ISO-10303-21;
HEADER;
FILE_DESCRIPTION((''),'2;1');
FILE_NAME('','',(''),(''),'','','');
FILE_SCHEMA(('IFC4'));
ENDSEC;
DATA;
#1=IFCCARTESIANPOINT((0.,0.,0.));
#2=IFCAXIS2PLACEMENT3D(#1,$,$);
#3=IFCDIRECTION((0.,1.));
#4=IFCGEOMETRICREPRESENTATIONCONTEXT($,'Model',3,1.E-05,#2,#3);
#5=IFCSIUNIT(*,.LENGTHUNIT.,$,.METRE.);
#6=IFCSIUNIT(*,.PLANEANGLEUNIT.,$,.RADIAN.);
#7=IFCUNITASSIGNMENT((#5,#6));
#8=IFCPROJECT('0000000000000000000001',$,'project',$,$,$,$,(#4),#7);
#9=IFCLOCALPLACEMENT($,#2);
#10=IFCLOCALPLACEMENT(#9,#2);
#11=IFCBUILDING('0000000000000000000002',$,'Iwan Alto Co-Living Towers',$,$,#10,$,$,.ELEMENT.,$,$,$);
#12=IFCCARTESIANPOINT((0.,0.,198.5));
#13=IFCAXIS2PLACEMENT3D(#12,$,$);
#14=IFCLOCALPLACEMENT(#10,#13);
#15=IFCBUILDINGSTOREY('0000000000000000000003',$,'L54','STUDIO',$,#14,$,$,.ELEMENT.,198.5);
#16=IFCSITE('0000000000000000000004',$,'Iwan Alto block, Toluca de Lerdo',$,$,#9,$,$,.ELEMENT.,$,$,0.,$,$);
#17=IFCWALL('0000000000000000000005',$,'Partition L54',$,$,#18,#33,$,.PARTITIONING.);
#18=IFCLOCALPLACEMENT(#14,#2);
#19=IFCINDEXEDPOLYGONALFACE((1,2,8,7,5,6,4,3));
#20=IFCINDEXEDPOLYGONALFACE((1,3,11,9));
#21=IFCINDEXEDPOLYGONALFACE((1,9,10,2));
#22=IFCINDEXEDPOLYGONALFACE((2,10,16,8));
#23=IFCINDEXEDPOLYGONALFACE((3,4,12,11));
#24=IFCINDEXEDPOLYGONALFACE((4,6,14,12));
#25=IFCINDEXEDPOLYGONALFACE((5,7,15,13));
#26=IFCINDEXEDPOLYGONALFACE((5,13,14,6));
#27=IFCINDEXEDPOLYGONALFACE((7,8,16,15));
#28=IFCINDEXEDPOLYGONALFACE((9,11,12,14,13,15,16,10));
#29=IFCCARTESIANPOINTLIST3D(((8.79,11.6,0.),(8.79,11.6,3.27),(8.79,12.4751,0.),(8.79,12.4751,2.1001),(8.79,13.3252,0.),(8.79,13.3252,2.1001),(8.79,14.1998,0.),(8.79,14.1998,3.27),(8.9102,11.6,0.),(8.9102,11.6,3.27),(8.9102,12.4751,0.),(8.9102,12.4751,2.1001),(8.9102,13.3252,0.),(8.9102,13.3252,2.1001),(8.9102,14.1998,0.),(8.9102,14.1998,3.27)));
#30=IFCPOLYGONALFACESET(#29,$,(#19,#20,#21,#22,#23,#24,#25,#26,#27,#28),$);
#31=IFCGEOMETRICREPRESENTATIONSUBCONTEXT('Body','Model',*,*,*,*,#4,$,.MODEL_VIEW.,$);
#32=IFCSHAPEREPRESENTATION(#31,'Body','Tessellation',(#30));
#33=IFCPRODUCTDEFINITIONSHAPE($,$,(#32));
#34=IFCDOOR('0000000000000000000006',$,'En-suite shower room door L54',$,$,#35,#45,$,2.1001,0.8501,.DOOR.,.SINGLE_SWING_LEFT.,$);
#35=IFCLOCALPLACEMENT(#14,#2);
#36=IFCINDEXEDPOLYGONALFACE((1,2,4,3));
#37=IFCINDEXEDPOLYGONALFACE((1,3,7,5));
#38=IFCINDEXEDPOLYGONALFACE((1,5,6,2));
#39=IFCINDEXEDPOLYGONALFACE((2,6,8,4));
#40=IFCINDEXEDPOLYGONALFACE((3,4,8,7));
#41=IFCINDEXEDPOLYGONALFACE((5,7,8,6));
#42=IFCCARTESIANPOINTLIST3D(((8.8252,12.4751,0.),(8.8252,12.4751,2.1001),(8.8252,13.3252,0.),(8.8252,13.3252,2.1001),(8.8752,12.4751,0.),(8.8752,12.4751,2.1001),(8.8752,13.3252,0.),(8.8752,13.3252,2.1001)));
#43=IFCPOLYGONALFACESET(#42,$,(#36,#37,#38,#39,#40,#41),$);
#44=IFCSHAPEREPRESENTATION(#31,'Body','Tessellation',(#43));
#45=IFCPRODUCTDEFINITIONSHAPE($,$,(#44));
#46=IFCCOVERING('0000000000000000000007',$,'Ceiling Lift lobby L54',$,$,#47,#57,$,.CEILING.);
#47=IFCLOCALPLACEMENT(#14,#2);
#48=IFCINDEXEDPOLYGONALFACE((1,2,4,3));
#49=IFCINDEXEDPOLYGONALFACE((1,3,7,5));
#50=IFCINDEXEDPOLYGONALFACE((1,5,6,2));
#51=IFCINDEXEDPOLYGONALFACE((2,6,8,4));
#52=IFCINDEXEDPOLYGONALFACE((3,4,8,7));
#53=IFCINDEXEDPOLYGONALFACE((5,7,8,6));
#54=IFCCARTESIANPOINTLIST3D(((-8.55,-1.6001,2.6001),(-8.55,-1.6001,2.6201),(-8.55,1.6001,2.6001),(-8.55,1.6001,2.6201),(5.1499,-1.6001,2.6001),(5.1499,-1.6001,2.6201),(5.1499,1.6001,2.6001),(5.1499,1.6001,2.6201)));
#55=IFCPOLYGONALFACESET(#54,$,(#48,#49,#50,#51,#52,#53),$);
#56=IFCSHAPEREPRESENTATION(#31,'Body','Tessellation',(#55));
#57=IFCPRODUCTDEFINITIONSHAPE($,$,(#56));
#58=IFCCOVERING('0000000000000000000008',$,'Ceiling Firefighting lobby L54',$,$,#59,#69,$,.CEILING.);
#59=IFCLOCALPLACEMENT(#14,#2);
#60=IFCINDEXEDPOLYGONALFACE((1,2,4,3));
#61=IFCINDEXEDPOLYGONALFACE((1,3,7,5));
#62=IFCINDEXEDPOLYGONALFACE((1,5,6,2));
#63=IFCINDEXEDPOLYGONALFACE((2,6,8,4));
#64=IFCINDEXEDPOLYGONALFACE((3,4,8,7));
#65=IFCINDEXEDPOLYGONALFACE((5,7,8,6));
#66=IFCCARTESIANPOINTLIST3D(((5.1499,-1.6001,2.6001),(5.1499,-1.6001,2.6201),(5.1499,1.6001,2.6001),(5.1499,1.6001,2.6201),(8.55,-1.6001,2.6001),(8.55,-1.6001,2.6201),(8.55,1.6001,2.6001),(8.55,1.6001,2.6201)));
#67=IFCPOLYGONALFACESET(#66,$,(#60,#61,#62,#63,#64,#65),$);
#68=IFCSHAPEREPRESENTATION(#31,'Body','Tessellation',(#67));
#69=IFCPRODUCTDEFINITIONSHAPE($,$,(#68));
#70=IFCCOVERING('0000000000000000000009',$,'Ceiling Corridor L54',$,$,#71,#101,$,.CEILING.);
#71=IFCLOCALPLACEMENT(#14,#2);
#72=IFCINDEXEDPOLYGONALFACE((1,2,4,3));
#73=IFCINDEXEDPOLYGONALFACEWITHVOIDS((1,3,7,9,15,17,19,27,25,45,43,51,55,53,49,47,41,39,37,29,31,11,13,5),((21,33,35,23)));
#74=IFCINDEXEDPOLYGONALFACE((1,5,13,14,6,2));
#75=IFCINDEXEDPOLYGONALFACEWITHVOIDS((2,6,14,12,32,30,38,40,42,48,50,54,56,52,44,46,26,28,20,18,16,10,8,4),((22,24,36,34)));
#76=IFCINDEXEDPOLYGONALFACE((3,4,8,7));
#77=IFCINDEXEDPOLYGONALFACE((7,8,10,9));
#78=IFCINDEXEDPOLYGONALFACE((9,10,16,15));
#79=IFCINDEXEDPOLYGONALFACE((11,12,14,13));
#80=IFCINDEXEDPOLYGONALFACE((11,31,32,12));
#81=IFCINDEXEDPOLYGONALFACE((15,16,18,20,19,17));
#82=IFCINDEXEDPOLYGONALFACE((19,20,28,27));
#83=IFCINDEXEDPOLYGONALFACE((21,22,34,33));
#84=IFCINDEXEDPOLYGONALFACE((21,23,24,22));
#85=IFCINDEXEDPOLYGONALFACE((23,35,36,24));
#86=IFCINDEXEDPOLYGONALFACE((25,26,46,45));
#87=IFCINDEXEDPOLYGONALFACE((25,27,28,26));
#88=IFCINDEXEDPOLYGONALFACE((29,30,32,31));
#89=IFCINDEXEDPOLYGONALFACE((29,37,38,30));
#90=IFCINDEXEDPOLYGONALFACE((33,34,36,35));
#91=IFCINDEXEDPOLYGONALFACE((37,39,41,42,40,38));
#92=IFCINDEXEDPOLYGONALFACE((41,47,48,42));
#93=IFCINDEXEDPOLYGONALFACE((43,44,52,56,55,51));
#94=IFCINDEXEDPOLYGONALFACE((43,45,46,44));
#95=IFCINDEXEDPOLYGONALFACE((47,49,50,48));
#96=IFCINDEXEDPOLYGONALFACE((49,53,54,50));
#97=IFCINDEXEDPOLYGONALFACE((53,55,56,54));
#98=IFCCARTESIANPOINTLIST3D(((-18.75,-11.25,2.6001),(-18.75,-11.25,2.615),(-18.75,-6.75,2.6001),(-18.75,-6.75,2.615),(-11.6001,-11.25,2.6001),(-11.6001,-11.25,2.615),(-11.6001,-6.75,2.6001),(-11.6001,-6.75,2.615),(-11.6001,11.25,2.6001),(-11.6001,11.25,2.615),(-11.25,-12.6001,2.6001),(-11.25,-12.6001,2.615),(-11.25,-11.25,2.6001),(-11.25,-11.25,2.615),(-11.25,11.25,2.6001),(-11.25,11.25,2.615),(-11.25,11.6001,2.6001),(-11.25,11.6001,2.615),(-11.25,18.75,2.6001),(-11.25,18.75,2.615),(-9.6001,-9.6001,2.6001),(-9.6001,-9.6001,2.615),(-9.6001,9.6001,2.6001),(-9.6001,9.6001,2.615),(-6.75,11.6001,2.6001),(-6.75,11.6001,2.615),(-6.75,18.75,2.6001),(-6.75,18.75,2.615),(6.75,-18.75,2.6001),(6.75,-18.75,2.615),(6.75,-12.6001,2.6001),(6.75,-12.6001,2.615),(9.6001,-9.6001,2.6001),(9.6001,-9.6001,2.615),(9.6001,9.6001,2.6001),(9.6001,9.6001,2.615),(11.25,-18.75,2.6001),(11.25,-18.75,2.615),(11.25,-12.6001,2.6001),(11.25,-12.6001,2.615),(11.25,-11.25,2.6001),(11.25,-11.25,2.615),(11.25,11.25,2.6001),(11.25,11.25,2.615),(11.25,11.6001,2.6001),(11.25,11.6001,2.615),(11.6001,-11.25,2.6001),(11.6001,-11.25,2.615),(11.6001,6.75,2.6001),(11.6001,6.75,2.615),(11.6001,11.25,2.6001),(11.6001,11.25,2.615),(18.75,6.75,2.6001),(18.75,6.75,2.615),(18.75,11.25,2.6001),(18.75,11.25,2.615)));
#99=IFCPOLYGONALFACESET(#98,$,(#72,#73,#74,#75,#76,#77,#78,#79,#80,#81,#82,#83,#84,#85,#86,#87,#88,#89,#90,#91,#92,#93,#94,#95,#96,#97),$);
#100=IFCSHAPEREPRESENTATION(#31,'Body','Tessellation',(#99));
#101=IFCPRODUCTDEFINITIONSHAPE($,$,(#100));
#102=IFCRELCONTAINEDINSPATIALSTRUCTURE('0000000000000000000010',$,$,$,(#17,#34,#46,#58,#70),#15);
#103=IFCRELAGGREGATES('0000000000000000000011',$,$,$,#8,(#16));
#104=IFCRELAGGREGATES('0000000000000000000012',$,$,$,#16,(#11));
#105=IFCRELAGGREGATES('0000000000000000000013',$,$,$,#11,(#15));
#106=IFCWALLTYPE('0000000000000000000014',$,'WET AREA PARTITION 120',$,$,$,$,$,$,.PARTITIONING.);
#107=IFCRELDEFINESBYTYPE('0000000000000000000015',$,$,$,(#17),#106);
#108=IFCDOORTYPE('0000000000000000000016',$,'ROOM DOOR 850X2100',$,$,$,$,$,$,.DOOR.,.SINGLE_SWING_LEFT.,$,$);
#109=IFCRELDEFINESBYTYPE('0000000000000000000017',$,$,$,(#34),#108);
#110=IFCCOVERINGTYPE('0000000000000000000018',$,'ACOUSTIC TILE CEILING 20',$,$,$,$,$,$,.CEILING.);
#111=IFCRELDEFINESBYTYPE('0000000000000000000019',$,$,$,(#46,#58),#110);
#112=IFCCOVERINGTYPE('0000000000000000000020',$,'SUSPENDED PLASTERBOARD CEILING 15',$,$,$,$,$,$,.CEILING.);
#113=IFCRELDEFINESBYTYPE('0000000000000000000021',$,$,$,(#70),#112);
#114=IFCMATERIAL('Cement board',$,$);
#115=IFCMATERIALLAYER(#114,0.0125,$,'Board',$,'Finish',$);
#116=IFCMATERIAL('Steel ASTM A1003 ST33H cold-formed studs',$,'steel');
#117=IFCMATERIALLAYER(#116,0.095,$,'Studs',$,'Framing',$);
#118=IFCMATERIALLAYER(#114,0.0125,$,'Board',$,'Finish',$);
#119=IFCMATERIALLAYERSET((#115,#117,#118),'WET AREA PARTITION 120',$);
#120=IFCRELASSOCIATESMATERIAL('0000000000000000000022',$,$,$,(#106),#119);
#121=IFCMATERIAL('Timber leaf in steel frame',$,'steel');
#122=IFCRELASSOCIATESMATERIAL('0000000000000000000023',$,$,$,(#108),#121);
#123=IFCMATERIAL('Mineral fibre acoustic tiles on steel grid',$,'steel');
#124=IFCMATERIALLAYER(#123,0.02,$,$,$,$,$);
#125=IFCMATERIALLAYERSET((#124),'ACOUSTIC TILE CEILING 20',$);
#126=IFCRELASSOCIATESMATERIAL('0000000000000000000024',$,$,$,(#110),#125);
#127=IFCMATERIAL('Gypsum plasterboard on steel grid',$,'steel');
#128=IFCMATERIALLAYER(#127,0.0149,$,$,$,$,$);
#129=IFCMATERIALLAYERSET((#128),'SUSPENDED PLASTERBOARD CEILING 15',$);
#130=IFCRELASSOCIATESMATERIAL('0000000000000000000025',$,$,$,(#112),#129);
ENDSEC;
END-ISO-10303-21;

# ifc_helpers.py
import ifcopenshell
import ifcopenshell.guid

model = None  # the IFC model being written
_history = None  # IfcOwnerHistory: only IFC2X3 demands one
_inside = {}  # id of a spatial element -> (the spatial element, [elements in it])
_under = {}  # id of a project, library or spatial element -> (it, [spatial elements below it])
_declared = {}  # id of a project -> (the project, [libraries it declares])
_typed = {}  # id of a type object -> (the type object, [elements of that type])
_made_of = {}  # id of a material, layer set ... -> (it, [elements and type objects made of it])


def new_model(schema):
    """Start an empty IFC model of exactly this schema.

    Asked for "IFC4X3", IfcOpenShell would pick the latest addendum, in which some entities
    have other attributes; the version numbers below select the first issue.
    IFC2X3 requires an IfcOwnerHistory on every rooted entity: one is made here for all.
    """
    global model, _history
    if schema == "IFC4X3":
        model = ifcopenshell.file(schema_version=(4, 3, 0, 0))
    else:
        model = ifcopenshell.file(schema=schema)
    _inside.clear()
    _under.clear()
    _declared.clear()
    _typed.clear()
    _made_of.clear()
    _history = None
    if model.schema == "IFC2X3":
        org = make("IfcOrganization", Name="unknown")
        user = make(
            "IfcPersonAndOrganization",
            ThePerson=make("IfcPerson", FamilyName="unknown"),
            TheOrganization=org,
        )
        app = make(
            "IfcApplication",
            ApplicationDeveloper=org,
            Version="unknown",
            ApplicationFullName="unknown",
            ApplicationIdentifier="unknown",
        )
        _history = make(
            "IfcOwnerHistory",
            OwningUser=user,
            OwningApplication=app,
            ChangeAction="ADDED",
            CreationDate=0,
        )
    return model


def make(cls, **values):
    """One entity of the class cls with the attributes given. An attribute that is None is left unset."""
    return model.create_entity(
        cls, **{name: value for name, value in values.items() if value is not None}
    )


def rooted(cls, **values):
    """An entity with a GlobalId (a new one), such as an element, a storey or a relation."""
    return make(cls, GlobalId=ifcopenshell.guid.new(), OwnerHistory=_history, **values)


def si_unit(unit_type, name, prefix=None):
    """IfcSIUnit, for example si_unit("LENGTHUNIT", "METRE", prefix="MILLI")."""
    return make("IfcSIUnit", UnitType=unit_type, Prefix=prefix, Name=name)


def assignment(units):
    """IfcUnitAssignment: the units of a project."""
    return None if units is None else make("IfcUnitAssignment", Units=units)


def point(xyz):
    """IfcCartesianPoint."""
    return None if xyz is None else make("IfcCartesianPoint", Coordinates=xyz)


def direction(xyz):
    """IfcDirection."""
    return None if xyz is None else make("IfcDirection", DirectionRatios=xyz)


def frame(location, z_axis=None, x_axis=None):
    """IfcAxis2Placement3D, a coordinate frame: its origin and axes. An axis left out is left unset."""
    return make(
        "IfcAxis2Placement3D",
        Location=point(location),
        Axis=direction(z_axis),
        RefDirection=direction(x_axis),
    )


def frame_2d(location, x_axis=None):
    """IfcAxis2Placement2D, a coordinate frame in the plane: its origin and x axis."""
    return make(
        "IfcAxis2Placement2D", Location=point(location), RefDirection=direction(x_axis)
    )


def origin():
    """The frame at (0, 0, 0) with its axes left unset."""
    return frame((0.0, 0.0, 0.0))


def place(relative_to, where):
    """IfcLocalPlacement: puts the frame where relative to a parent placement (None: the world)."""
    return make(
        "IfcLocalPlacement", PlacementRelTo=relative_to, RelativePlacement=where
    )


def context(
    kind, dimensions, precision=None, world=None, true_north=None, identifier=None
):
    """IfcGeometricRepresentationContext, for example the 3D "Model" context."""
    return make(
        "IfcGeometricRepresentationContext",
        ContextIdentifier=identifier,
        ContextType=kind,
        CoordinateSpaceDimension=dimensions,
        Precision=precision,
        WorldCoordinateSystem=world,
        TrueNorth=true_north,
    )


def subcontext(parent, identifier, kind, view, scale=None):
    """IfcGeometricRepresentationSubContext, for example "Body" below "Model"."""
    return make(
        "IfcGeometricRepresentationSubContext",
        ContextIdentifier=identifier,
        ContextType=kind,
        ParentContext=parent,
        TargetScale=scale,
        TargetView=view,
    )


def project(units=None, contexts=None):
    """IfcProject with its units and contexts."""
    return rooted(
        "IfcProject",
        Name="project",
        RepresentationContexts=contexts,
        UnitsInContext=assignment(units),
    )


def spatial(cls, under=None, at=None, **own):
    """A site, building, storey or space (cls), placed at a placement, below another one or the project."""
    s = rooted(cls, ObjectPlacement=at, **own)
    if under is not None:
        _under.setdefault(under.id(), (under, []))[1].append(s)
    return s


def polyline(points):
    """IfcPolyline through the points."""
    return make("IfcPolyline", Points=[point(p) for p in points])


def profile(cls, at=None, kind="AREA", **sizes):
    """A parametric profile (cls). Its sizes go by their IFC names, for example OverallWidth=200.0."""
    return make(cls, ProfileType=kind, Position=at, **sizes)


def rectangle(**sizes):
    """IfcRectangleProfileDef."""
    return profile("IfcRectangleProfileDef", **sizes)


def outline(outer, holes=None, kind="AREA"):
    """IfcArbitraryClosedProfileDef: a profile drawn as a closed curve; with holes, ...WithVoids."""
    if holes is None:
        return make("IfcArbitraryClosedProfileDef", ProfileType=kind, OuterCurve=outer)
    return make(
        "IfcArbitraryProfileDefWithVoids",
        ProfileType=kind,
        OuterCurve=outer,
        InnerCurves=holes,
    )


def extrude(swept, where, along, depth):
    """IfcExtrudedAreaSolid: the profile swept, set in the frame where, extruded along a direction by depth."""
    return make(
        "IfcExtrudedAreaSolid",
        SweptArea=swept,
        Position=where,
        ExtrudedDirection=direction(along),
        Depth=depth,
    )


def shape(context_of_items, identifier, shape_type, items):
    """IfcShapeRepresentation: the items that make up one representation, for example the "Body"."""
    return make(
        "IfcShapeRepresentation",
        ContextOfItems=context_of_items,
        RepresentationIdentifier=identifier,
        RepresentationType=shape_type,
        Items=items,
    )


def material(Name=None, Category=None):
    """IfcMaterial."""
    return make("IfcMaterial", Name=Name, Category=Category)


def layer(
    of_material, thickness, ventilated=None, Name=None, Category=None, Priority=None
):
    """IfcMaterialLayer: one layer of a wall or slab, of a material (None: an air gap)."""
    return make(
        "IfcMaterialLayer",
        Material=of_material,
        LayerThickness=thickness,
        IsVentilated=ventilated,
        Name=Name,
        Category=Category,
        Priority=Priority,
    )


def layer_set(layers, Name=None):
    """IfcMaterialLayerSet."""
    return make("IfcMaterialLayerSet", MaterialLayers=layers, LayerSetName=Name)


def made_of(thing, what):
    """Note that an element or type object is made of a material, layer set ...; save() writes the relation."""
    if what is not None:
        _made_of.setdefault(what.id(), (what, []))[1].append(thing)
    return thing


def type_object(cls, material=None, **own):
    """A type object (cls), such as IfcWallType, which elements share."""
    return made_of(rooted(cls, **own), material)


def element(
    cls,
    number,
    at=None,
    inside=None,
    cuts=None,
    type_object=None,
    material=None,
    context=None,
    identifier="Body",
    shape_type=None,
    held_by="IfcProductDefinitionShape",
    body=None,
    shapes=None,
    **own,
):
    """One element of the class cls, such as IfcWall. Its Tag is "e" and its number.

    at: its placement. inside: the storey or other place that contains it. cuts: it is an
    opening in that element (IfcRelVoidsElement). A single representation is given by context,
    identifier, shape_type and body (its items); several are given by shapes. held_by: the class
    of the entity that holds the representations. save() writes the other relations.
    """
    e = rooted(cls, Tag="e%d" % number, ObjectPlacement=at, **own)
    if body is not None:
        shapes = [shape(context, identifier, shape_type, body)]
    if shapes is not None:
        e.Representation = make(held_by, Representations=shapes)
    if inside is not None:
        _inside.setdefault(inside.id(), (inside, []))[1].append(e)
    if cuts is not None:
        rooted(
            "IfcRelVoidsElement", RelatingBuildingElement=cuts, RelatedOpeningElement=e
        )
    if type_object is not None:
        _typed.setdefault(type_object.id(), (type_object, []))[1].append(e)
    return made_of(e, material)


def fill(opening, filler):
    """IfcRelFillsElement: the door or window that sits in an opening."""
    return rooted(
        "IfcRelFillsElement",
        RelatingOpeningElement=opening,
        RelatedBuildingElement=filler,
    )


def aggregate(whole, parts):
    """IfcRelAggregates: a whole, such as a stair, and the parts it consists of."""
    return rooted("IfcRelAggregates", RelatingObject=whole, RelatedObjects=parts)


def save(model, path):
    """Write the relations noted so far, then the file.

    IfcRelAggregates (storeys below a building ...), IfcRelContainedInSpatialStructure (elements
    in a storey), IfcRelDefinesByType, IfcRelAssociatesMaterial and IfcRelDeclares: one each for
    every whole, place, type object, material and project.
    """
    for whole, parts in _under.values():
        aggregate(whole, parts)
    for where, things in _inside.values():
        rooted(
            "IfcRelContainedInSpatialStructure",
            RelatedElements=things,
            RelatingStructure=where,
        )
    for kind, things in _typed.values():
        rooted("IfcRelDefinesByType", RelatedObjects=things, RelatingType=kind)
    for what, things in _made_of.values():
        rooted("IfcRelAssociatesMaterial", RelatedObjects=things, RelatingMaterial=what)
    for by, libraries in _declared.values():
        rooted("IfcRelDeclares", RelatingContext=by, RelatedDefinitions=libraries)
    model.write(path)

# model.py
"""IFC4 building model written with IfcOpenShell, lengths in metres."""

from ifc_helpers import new_model, si_unit, direction, frame, frame_2d, origin, place, context, subcontext, project, spatial, polyline, rectangle, outline, extrude, material, layer, layer_set, type_object, element, fill, save


model = new_model("IFC4")

# Units and contexts
model_context = context("Model", 3, precision=1e-05, world=origin(), true_north=direction((0.0, 1.0)))
body_context = subcontext(model_context, "Body", "Model", "MODEL_VIEW")
ifc_project = project(units=[si_unit("LENGTHUNIT", "METRE"), si_unit("PLANEANGLEUNIT", "RADIAN")], contexts=[model_context])

# Site, building, storey
site_placement = place(None, origin())
site = spatial("IfcSite", under=ifc_project, at=site_placement, Name="Iwan Alto block, Toluca de Lerdo", CompositionType="ELEMENT", RefElevation=0.0)
building_placement = place(site_placement, origin())
building = spatial("IfcBuilding", under=site, at=building_placement, Name="Iwan Alto Co-Living Towers", CompositionType="ELEMENT")
storey_placement = place(building_placement, frame((0.0, 0.0, 198.5)))
storey = spatial("IfcBuildingStorey", under=building, at=storey_placement, Name="L54", Description="STUDIO", CompositionType="ELEMENT", Elevation=198.5)

# Shared definitions
ifc_material_1 = material(Name="Steel ASTM A1003 ST33H cold-formed studs", Category="steel")

# Shared definitions
ifc_material_2 = material(Name="Cement board")
ifc_layer_1 = layer(ifc_material_2, 0.0125, Name="Board", Category="Finish")
ifc_layer_2 = layer(ifc_material_1, 0.095, Name="Studs", Category="Framing")
ifc_layer_3 = layer(ifc_material_2, 0.0125, Name="Board", Category="Finish")
ifc_layer_set_1 = layer_set([ifc_layer_1, ifc_layer_2, ifc_layer_3], Name="WET AREA PARTITION 120")
wall_type_1 = type_object("IfcWallType", Name="WET AREA PARTITION 120", PredefinedType="PARTITIONING", material=ifc_layer_set_1)
ifc_material_3 = material(Name="Timber leaf in steel frame", Category="steel")
door_type_1 = type_object("IfcDoorType", Name="ROOM DOOR 850X2100", OperationType="SINGLE_SWING_LEFT", PredefinedType="DOOR", material=ifc_material_3)

# Wall, opening, door
wall_1_placement = place(storey_placement, frame((8.8501, 11.6001, 0.0), z_axis=(0.0, 0.0, 1.0), x_axis=(0.0, 1.0, 0.0)))
wall_1 = element("IfcWall", 1, at=wall_1_placement, inside=storey, type_object=wall_type_1, Name="Partition L54", PredefinedType="PARTITIONING", context=body_context, shape_type="SweptSolid", body=[
    extrude(rectangle(XDim=2.5999, YDim=0.1201, at=frame_2d((1.2998, 0.0))), origin(), (0.0, 0.0, 1.0), 3.27),
])
opening_1_placement = place(wall_1_placement, frame((0.875, 0.0, 0.0)))
opening_1 = element("IfcOpeningElement", 2, at=opening_1_placement, cuts=wall_1, PredefinedType="OPENING", context=body_context, shape_type="SweptSolid", body=[
    extrude(rectangle(XDim=0.8501, YDim=2.1001, at=frame_2d((0.425, 1.05))), frame((0.0, 0.0701, 0.0), z_axis=(0.0, -1.0, 0.0), x_axis=(1.0, 0.0, 0.0)), (0.0, 0.0, 1.0), 0.1401),
])
door_1_placement = place(opening_1_placement, origin())
door_1 = element("IfcDoor", 3, at=door_1_placement, inside=storey, type_object=door_type_1, Name="En-suite shower room door L54", OperationType="SINGLE_SWING_LEFT", OverallHeight=2.1001, OverallWidth=0.8501, PredefinedType="DOOR", context=body_context, shape_type="SweptSolid", body=[
    extrude(rectangle(XDim=0.8501, YDim=2.1001, at=frame_2d((0.425, 1.05))), frame((0.0, 0.0249, 0.0), z_axis=(0.0, -1.0, 0.0), x_axis=(1.0, 0.0, 0.0)), (0.0, 0.0, 1.0), 0.05),
])
fill(opening_1, door_1)

# Coverings
ifc_material_4 = material(Name="Mineral fibre acoustic tiles on steel grid", Category="steel")
ifc_layer_4 = layer(ifc_material_4, 0.02)
ifc_layer_set_2 = layer_set([ifc_layer_4], Name="ACOUSTIC TILE CEILING 20")
covering_type_1 = type_object("IfcCoveringType", Name="ACOUSTIC TILE CEILING 20", PredefinedType="CEILING", material=ifc_layer_set_2)
covering_1_placement = place(storey_placement, frame((0.0, 0.0, 2.6001)))
element("IfcCovering", 4, at=covering_1_placement, inside=storey, type_object=covering_type_1, Name="Ceiling Lift lobby L54", PredefinedType="CEILING", context=body_context, shape_type="SweptSolid", body=[
    extrude(outline(polyline([(-8.55, -1.6001), (-8.55, 1.6001), (5.1499, 1.6001), (5.1499, -1.6001), (-8.55, -1.6001)])), origin(), (0.0, 0.0, 1.0), 0.02),
])
covering_2_placement = place(storey_placement, frame((0.0, 0.0, 2.6001)))
element("IfcCovering", 5, at=covering_2_placement, inside=storey, type_object=covering_type_1, Name="Ceiling Firefighting lobby L54", PredefinedType="CEILING", context=body_context, shape_type="SweptSolid", body=[
    extrude(outline(polyline([(5.1499, -1.6001), (5.1499, 1.6001), (8.55, 1.6001), (8.55, -1.6001), (5.1499, -1.6001)])), origin(), (0.0, 0.0, 1.0), 0.02),
])
ifc_material_5 = material(Name="Gypsum plasterboard on steel grid", Category="steel")
ifc_layer_5 = layer(ifc_material_5, 0.0149)
ifc_layer_set_3 = layer_set([ifc_layer_5], Name="SUSPENDED PLASTERBOARD CEILING 15")
covering_type_2 = type_object("IfcCoveringType", Name="SUSPENDED PLASTERBOARD CEILING 15", PredefinedType="CEILING", material=ifc_layer_set_3)
covering_3_placement = place(storey_placement, frame((0.0, 0.0, 2.6001)))
element("IfcCovering", 6, at=covering_3_placement, inside=storey, type_object=covering_type_2, Name="Ceiling Corridor L54", PredefinedType="CEILING", context=body_context, shape_type="SweptSolid", body=[
    extrude(outline(polyline([(-18.75, -6.75), (-11.6001, -6.75), (-11.6001, 11.25), (-11.25, 11.25), (-11.25, 11.6001), (-11.25, 18.75), (-6.75, 18.75), (-6.75, 11.6001), (11.25, 11.6001), (11.25, 11.25), (11.6001, 11.25), (18.75, 11.25), (18.75, 6.75), (11.6001, 6.75), (11.6001, -11.25), (11.25, -11.25), (11.25, -12.6001), (11.25, -18.75), (6.75, -18.75), (6.75, -12.6001), (-11.25, -12.6001), (-11.25, -11.25), (-11.6001, -11.25), (-18.75, -11.25), (-18.75, -6.75)]), holes=[polyline([(9.6001, 9.6001), (-9.6001, 9.6001), (-9.6001, -9.6001), (9.6001, -9.6001), (9.6001, 9.6001)])]), origin(), (0.0, 0.0, 1.0), 0.0149),
])

save(model, "model.ifc")
